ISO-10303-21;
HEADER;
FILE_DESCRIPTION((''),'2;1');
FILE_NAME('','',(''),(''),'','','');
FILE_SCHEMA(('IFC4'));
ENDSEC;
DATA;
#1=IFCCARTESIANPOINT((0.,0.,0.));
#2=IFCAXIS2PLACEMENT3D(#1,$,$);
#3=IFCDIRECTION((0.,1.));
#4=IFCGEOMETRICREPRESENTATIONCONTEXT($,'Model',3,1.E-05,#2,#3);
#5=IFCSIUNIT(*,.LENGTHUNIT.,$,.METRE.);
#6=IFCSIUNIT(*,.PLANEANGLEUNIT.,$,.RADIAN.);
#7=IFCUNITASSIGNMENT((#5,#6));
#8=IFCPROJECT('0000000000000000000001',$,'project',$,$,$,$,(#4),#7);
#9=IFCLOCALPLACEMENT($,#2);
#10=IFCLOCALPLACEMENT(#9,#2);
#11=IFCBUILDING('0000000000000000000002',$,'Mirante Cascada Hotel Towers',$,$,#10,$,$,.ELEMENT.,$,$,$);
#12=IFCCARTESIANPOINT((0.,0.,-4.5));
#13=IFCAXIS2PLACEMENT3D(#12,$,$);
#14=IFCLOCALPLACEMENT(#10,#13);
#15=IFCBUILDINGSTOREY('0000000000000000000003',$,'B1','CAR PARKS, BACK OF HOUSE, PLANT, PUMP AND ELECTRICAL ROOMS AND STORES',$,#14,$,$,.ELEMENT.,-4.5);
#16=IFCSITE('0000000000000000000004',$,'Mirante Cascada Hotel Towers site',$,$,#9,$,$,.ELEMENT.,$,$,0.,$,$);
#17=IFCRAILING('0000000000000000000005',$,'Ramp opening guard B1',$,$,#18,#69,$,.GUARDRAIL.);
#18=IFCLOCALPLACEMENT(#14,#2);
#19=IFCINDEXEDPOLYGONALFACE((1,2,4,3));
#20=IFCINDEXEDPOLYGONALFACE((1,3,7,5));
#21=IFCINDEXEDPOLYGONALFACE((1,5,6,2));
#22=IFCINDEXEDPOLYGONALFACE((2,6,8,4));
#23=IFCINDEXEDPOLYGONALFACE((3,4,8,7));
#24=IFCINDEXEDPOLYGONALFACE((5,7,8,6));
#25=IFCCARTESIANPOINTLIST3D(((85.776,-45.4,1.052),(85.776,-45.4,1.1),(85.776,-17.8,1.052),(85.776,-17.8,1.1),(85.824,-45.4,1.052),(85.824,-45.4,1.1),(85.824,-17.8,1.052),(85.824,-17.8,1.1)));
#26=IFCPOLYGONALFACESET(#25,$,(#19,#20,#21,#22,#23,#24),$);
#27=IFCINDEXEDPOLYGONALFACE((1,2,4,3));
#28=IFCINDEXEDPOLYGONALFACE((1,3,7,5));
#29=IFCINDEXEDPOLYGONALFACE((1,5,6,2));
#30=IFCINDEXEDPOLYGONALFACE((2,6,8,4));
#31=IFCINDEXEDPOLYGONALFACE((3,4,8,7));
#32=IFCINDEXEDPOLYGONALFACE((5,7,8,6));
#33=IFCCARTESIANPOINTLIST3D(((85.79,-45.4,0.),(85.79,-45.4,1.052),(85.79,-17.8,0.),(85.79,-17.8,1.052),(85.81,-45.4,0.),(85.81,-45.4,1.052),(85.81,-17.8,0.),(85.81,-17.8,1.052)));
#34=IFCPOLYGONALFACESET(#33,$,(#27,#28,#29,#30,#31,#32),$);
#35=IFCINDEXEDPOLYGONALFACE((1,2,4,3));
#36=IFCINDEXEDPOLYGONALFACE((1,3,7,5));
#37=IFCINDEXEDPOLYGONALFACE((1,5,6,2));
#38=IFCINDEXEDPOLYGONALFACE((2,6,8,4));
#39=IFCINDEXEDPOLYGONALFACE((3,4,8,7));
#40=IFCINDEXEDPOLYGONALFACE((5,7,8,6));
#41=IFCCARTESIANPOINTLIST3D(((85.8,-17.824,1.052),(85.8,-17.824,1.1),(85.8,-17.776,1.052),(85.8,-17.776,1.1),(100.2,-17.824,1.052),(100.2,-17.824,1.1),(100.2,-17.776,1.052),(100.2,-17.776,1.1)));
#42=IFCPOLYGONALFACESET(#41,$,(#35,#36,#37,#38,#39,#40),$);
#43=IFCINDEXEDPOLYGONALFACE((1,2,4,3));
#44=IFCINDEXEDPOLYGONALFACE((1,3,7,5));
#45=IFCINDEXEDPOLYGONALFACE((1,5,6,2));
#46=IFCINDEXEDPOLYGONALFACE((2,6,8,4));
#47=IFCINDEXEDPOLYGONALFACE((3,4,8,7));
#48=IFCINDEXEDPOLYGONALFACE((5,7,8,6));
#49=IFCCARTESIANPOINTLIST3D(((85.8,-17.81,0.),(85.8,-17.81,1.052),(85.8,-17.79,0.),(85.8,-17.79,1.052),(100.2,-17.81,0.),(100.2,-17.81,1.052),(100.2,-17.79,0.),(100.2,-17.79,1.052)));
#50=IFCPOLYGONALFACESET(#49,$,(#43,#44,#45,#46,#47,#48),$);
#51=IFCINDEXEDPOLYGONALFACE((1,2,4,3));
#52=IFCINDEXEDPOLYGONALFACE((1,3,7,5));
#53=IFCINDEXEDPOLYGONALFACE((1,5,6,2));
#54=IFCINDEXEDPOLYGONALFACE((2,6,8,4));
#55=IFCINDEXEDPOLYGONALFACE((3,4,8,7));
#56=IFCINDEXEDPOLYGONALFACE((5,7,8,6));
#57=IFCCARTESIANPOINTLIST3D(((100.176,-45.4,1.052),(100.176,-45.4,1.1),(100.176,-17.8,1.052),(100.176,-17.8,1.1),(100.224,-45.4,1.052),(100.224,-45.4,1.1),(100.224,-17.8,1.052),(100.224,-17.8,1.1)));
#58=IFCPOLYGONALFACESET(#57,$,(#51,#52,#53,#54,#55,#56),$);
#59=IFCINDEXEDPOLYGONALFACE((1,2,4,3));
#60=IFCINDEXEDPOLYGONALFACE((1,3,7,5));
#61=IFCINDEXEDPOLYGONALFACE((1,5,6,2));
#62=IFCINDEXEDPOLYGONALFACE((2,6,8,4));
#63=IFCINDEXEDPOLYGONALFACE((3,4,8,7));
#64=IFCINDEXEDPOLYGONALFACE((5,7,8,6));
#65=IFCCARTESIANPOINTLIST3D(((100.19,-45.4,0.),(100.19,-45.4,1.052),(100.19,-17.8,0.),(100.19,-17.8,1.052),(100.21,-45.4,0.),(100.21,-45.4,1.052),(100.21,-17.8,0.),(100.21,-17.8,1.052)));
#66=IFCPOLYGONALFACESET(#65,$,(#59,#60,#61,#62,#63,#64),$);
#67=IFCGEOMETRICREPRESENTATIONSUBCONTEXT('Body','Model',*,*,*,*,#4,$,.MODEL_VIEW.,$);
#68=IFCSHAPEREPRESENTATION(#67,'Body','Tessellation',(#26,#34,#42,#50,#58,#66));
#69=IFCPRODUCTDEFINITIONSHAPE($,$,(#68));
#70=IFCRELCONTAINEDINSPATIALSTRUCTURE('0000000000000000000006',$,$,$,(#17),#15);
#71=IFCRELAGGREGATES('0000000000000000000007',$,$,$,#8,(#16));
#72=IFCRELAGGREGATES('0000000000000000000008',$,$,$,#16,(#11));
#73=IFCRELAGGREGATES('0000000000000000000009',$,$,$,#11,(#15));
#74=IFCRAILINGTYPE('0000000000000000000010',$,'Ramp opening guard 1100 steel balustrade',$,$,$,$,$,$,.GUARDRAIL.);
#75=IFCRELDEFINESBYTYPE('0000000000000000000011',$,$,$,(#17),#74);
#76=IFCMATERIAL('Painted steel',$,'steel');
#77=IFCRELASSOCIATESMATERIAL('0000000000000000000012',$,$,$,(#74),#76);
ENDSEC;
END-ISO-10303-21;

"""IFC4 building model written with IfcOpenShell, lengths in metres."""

from ifc_helpers import new_model, si_unit, direction, frame, origin, origin_2d, place, context, subcontext, project, spatial, rectangle, extrude, material, type_object, element, save


model = new_model("IFC4")

# Units and contexts
model_context = context("Model", 3, precision=1e-05, world=origin(), true_north=direction((0.0, 1.0)))
body_context = subcontext(model_context, "Body", "Model", "MODEL_VIEW")
ifc_project = project(units=[si_unit("LENGTHUNIT", "METRE"), si_unit("PLANEANGLEUNIT", "RADIAN")], contexts=[model_context])

# Site, building, storey
site_placement = place(None, origin())
site = spatial("IfcSite", under=ifc_project, at=site_placement, Name="Mirante Cascada Hotel Towers site", CompositionType="ELEMENT", RefElevation=0.0)
building_placement = place(site_placement, origin())
building = spatial("IfcBuilding", under=site, at=building_placement, Name="Mirante Cascada Hotel Towers", CompositionType="ELEMENT")
storey_placement = place(building_placement, frame((0.0, 0.0, -4.5)))
storey = spatial("IfcBuildingStorey", under=building, at=storey_placement, Name="B1", Description="CAR PARKS, BACK OF HOUSE, PLANT, PUMP AND ELECTRICAL ROOMS AND STORES", CompositionType="ELEMENT", Elevation=-4.5)

# Railing
ifc_material_1 = material(Name="Painted steel", Category="steel")
railing_type = type_object("IfcRailingType", Name="Ramp opening guard 1100 steel balustrade", PredefinedType="GUARDRAIL", material=ifc_material_1)
railing_placement = place(storey_placement, frame((85.8, -45.4, 0.0)))
element("IfcRailing", 1, at=railing_placement, inside=storey, type_object=railing_type, Name="Ramp opening guard B1", PredefinedType="GUARDRAIL", context=body_context, shape_type="SweptSolid", body=[
    extrude(rectangle(XDim=0.048, YDim=0.048, at=origin_2d()), frame((0.0, 0.0, 1.076), z_axis=(0.0, 1.0, 0.0), x_axis=(-1.0, 0.0, 0.0)), (0.0, 0.0, 1.0), 27.6),
    extrude(rectangle(XDim=0.02, YDim=1.052, at=origin_2d()), frame((0.0, 0.0, 0.526), z_axis=(0.0, 1.0, 0.0), x_axis=(-1.0, 0.0, 0.0)), (0.0, 0.0, 1.0), 27.6),
    extrude(rectangle(XDim=0.048, YDim=0.048, at=origin_2d()), frame((0.0, 27.6, 1.076), z_axis=(1.0, 0.0, 0.0), x_axis=(0.0, 1.0, 0.0)), (0.0, 0.0, 1.0), 14.4),
    extrude(rectangle(XDim=0.02, YDim=1.052, at=origin_2d()), frame((0.0, 27.6, 0.526), z_axis=(1.0, 0.0, 0.0), x_axis=(0.0, 1.0, 0.0)), (0.0, 0.0, 1.0), 14.4),
    extrude(rectangle(XDim=0.048, YDim=0.048, at=origin_2d()), frame((14.4, 27.6, 1.076), z_axis=(0.0, -1.0, 0.0), x_axis=(1.0, 0.0, 0.0)), (0.0, 0.0, 1.0), 27.6),
    extrude(rectangle(XDim=0.02, YDim=1.052, at=origin_2d()), frame((14.4, 27.6, 0.526), z_axis=(0.0, -1.0, 0.0), x_axis=(1.0, 0.0, 0.0)), (0.0, 0.0, 1.0), 27.6),
])

save(model, "model.ifc")
